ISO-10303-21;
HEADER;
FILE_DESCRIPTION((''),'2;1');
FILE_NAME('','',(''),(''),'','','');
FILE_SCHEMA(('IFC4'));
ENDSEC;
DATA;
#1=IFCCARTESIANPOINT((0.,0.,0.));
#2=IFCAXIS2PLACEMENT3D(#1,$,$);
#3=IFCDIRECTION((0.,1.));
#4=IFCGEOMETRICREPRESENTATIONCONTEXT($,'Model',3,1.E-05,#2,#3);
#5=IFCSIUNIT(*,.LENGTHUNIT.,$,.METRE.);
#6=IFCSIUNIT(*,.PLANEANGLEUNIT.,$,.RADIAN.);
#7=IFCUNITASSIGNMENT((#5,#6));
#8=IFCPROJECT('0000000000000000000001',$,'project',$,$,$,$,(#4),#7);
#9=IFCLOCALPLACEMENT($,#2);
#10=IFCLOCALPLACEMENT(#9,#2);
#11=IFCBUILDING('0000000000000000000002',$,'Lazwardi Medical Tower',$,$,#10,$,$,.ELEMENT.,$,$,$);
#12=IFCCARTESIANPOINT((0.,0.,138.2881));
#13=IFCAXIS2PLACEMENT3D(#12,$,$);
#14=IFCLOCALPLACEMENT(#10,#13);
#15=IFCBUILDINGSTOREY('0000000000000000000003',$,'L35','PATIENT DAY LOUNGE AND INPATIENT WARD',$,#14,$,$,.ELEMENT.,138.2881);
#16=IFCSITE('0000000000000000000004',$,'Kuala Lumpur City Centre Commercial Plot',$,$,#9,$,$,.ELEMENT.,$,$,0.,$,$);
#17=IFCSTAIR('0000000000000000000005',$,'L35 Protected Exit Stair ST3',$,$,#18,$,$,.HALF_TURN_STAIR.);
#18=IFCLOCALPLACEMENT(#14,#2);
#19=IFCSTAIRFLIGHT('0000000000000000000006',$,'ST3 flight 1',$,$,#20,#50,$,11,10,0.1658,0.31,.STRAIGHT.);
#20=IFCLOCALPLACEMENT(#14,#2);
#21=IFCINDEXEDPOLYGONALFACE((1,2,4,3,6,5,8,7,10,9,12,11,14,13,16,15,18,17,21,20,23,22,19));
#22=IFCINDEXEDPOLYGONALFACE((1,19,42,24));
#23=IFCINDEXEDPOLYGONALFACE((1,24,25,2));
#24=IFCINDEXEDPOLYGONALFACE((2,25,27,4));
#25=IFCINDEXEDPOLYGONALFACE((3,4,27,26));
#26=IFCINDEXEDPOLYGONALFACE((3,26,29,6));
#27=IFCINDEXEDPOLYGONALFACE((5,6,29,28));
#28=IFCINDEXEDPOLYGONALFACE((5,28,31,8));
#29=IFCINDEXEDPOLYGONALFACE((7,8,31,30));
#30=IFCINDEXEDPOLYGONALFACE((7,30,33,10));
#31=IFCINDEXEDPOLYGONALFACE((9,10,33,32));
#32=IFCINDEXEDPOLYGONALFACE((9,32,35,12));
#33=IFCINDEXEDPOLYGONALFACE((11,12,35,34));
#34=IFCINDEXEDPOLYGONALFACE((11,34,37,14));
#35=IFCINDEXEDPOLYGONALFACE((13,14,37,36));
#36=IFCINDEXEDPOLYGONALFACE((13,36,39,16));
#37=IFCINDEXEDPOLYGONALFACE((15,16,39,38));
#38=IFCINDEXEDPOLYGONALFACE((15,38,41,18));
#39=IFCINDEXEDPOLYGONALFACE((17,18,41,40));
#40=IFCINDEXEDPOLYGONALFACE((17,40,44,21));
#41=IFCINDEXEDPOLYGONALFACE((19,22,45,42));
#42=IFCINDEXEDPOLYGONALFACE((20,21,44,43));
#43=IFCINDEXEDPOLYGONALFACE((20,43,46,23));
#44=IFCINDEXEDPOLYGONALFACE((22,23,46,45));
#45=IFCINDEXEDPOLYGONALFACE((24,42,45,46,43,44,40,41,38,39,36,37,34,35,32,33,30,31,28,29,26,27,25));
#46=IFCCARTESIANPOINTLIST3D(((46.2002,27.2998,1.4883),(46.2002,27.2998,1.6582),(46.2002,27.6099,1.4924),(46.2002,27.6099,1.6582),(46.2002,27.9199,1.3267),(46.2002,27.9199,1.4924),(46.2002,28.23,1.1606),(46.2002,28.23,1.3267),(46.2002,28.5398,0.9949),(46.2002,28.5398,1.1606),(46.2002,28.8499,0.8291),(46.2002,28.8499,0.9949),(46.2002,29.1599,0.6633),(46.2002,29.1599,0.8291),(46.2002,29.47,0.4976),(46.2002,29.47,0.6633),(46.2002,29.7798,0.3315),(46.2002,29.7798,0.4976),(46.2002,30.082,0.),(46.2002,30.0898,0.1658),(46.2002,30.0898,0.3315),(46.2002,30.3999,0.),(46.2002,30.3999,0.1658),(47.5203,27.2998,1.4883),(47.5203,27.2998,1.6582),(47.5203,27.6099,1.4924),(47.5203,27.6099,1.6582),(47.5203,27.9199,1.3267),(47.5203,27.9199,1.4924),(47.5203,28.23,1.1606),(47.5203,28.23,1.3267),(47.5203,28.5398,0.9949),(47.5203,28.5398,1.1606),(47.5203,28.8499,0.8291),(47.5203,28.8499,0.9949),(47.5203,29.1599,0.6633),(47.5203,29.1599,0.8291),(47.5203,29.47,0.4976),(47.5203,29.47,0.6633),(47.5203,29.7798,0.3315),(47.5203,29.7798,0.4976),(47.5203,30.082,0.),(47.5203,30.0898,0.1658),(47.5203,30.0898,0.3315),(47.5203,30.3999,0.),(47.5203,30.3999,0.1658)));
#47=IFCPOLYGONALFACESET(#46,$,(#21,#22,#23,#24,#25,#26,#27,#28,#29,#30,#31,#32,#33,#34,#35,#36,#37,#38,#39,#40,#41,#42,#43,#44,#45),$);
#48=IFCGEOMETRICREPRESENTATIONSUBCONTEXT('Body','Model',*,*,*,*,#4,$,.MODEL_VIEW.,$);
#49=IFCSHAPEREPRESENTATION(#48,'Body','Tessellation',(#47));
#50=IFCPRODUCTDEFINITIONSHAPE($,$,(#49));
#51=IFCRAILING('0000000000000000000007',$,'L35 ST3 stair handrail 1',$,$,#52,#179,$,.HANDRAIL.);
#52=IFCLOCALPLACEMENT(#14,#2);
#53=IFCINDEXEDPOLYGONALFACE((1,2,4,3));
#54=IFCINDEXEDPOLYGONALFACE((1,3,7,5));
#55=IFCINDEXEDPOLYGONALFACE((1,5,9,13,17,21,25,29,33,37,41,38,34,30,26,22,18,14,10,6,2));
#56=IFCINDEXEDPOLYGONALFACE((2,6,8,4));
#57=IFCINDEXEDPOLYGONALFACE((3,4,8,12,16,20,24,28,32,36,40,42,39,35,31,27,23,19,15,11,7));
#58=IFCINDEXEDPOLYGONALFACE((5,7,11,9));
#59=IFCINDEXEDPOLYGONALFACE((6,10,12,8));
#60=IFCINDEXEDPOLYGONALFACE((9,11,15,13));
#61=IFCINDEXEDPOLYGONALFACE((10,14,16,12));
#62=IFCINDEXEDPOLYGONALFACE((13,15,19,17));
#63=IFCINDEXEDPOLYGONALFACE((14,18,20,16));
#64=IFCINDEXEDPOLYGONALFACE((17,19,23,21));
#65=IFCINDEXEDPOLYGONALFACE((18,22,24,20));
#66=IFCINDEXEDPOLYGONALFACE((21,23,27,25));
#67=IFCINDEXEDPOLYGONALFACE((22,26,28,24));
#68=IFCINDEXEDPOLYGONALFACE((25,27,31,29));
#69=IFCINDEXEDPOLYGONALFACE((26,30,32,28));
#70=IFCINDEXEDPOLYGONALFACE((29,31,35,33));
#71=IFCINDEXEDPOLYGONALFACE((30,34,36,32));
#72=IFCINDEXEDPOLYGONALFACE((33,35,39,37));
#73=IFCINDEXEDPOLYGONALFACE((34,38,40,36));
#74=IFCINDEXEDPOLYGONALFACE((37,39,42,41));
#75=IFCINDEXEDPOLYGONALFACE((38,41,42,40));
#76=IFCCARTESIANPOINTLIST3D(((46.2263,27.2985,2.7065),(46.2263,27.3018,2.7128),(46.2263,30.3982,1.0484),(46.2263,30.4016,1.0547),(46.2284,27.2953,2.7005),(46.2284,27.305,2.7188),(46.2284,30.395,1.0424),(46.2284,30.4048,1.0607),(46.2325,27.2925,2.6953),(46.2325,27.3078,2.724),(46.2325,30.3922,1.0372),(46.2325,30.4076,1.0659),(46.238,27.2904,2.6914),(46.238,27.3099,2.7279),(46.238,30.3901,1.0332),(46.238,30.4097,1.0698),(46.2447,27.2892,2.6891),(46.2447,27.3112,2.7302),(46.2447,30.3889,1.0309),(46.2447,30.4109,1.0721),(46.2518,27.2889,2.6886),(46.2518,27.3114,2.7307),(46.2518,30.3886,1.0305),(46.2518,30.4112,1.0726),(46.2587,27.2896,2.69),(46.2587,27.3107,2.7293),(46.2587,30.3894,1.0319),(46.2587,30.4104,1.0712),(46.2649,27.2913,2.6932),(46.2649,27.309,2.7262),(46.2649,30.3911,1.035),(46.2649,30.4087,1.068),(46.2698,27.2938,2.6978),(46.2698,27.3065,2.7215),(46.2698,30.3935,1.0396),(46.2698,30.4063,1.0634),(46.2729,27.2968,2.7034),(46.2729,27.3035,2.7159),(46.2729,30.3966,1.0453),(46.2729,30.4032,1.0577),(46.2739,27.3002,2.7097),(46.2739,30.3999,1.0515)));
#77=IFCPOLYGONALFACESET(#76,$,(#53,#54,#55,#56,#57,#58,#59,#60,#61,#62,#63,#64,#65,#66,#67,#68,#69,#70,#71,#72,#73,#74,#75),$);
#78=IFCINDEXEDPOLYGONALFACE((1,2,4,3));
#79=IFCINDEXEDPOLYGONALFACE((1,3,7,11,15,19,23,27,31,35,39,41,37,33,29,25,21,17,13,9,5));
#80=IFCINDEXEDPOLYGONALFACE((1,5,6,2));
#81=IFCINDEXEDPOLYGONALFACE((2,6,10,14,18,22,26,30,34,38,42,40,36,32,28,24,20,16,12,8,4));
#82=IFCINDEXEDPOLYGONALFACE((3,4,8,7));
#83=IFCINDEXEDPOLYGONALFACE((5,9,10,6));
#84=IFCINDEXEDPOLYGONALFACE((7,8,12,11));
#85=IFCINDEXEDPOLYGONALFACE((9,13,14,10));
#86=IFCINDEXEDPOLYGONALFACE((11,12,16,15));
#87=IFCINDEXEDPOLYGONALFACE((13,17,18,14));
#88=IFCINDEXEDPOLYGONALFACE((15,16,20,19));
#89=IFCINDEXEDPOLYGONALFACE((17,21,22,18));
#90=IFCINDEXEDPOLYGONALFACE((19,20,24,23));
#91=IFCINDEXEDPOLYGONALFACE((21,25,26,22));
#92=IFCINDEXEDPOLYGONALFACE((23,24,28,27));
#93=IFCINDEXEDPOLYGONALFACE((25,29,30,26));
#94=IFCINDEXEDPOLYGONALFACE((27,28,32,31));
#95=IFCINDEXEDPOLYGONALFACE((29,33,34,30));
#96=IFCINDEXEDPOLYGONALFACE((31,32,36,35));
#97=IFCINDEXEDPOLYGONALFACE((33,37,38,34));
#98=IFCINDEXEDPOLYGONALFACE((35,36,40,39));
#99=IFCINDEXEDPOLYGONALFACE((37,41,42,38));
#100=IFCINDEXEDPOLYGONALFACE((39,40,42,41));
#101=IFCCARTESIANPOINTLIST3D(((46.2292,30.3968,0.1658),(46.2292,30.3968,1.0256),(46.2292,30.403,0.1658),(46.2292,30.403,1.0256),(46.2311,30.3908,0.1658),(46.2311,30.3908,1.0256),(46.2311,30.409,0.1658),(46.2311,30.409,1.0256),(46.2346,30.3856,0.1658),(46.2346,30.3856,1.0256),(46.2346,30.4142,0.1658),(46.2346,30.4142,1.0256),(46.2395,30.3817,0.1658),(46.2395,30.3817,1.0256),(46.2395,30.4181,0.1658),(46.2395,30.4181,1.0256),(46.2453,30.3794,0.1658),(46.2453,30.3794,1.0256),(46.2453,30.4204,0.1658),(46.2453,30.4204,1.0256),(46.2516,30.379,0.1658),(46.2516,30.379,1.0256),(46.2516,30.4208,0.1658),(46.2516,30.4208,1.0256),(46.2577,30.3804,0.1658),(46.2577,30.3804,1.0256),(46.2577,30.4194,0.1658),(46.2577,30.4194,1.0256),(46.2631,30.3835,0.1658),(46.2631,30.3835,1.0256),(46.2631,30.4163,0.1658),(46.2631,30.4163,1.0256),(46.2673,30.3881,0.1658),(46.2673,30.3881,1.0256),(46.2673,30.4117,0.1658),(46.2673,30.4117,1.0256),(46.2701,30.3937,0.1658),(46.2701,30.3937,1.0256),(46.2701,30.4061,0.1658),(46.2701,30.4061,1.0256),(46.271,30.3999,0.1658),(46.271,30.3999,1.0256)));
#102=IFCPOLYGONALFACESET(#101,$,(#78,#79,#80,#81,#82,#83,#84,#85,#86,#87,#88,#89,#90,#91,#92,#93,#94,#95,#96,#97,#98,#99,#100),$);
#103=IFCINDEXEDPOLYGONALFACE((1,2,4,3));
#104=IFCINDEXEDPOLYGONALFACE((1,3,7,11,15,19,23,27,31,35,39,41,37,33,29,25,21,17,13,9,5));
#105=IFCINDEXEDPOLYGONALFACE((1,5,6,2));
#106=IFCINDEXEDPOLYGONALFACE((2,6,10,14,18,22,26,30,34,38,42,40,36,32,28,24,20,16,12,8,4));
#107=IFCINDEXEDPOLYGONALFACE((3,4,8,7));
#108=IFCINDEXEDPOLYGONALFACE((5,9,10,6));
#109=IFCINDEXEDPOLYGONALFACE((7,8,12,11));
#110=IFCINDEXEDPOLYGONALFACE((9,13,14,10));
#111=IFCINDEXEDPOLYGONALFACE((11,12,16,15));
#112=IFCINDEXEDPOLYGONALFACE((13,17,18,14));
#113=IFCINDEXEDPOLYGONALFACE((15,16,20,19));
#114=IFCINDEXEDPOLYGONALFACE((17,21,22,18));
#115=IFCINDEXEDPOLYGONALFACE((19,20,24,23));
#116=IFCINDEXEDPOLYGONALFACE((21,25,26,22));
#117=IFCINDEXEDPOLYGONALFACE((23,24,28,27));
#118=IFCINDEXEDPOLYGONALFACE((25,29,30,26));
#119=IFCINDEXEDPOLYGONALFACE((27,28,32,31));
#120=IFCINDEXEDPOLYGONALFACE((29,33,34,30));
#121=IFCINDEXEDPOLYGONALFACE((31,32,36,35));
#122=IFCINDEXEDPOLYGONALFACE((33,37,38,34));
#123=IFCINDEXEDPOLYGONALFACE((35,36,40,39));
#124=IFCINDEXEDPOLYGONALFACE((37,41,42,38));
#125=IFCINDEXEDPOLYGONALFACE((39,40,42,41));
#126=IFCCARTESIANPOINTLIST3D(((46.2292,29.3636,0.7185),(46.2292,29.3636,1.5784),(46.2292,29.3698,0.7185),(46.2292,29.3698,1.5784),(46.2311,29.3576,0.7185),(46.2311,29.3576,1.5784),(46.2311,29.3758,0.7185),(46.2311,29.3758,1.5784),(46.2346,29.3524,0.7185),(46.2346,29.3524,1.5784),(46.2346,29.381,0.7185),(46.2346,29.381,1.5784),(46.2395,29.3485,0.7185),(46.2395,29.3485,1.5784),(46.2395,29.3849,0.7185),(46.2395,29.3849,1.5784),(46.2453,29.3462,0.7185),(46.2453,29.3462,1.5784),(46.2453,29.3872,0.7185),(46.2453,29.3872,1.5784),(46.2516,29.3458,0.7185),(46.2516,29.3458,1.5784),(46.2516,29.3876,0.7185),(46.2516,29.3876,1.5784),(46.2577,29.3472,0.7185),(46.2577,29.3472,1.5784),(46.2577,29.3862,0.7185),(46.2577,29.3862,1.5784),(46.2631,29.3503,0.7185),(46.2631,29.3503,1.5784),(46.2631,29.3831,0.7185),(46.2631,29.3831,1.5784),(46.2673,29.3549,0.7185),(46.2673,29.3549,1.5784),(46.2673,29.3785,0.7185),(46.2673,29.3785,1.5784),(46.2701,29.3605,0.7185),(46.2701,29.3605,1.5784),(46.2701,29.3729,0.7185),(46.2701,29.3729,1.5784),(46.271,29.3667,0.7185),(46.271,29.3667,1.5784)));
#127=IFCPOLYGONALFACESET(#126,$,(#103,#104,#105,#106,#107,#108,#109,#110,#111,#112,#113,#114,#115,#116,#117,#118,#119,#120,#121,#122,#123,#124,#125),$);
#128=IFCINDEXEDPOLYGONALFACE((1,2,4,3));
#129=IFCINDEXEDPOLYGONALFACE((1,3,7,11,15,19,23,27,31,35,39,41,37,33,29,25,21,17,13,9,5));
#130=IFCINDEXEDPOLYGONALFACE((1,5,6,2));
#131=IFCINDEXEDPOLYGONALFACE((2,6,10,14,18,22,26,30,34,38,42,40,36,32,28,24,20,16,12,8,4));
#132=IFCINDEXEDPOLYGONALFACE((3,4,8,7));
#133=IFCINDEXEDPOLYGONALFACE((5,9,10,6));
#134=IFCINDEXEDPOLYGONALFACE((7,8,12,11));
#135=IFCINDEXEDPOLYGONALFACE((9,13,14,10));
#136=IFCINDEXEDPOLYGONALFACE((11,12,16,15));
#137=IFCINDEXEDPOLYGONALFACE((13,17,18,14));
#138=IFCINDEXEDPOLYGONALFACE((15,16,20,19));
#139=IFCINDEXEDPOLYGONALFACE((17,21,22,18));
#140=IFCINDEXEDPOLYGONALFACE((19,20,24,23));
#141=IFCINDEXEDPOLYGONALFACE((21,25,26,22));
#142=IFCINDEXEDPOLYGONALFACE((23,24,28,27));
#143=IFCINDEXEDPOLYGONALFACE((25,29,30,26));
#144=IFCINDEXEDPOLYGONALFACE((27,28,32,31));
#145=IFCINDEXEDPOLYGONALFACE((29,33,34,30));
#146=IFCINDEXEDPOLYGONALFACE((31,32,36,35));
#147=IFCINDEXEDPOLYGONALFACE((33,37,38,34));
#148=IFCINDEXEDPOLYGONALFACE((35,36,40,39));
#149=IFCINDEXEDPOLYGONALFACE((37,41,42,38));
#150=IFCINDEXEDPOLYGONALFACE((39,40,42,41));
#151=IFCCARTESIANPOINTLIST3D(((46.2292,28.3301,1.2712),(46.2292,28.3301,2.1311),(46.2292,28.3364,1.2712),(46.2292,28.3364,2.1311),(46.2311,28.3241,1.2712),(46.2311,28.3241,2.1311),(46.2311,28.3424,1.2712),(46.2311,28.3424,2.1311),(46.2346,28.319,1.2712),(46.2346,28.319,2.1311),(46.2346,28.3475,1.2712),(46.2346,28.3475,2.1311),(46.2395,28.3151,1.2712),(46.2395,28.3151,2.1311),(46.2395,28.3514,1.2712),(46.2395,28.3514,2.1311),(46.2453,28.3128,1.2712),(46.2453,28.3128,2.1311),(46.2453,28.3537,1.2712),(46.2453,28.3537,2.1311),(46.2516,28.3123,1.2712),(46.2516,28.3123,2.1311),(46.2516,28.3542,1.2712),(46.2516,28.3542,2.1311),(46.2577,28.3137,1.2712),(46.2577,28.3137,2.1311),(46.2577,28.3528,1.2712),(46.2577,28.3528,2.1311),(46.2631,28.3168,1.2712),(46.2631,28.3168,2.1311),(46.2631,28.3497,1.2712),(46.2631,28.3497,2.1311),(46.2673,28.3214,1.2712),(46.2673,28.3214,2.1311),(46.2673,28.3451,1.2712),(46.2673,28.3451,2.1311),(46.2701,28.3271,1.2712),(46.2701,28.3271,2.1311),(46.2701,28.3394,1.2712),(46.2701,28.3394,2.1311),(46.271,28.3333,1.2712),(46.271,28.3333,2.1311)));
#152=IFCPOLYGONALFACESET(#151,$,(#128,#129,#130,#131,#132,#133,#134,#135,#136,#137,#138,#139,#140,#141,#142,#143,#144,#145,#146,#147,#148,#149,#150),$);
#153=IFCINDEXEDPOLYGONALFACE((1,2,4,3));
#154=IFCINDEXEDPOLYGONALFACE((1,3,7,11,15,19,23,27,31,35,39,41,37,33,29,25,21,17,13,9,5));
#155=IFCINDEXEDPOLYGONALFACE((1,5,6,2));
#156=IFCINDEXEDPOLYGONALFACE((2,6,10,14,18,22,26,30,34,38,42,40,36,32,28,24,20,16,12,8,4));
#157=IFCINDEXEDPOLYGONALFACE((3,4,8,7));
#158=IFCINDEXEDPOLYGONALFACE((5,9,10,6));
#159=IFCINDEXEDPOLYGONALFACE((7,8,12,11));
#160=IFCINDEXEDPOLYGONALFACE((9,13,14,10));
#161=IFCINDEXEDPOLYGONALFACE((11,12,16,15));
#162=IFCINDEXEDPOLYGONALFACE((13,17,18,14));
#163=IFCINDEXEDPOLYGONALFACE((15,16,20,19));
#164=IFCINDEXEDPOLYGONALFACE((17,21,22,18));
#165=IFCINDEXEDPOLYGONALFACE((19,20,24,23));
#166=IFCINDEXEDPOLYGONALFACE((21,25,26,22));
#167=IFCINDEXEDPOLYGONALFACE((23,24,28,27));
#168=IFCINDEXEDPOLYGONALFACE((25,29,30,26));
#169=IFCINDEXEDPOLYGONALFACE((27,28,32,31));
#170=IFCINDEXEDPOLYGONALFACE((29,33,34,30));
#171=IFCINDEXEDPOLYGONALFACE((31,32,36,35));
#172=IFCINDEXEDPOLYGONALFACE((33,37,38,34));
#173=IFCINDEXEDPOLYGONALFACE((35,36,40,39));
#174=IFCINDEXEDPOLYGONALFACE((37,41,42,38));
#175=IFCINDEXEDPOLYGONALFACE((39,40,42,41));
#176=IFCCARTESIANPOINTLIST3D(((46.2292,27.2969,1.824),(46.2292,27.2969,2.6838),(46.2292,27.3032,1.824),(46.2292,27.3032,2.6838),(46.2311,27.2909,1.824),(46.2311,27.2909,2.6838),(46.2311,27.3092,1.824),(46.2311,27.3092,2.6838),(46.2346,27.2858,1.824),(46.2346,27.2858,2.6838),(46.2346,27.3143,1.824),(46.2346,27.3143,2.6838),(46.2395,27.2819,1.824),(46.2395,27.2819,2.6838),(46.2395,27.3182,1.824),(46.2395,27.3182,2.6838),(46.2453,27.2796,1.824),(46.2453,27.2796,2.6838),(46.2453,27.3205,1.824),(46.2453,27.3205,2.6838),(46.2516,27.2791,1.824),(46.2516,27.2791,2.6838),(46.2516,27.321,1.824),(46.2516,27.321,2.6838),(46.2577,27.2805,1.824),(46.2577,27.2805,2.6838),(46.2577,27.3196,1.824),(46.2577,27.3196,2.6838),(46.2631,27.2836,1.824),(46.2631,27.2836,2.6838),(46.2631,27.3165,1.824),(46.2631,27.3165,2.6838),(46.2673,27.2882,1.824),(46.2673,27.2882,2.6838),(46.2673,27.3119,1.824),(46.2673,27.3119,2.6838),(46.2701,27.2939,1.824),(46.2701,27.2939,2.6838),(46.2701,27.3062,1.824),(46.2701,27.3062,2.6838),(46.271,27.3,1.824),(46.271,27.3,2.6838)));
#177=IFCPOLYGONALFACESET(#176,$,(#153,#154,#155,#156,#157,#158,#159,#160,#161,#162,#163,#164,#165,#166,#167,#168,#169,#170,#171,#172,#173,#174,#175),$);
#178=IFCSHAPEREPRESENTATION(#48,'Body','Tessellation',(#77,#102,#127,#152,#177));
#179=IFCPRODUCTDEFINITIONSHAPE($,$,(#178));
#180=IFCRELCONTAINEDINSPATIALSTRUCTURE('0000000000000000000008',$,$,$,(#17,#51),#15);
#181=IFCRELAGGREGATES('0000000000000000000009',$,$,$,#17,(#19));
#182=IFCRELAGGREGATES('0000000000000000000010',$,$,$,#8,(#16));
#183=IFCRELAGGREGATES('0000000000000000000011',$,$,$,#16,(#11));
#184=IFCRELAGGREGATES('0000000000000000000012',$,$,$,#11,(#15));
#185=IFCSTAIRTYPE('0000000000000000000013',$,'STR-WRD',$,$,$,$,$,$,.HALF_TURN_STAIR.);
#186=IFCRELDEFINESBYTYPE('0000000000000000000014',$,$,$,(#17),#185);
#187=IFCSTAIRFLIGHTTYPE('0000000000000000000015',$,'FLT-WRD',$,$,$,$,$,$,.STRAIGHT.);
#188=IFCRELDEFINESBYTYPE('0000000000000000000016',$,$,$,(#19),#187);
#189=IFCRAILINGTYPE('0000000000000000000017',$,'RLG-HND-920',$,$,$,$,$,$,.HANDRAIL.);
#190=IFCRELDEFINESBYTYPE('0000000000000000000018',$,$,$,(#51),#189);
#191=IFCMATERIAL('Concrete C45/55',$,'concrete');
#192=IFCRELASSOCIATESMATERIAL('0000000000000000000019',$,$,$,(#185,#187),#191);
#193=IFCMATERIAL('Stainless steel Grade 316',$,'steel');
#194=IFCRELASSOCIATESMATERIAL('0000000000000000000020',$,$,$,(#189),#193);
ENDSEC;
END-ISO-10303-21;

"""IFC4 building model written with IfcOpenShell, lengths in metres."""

from ifc_helpers import new_model, si_unit, direction, frame, origin, origin_2d, place, context, subcontext, project, spatial, polyline, circle, outline, extrude, material, type_object, element, aggregate, save


model = new_model("IFC4")

# Units and contexts
model_context = context("Model", 3, precision=1e-05, world=origin(), true_north=direction((0.0, 1.0)))
body_context = subcontext(model_context, "Body", "Model", "MODEL_VIEW")
ifc_project = project(units=[si_unit("LENGTHUNIT", "METRE"), si_unit("PLANEANGLEUNIT", "RADIAN")], contexts=[model_context])

# Site, building, storey
site_placement = place(None, origin())
site = spatial("IfcSite", under=ifc_project, at=site_placement, Name="Kuala Lumpur City Centre Commercial Plot", CompositionType="ELEMENT", RefElevation=0.0)
building_placement = place(site_placement, origin())
building = spatial("IfcBuilding", under=site, at=building_placement, Name="Lazwardi Medical Tower", CompositionType="ELEMENT")
storey_placement = place(building_placement, frame((0.0, 0.0, 138.2881)))
storey = spatial("IfcBuildingStorey", under=building, at=storey_placement, Name="L35", Description="PATIENT DAY LOUNGE AND INPATIENT WARD", CompositionType="ELEMENT", Elevation=138.2881)

# Stair, stair flight
ifc_material_1 = material(Name="Concrete C45/55", Category="concrete")
stair_type = type_object("IfcStairType", Name="STR-WRD", PredefinedType="HALF_TURN_STAIR", material=ifc_material_1)
stair_placement = place(storey_placement, origin())
stair = element("IfcStair", 1, at=stair_placement, inside=storey, type_object=stair_type, Name="L35 Protected Exit Stair ST3", PredefinedType="HALF_TURN_STAIR")
stair_flight_type = type_object("IfcStairFlightType", Name="FLT-WRD", PredefinedType="STRAIGHT", material=ifc_material_1)
stair_flight_placement = place(storey_placement, frame((46.8601, 30.3999, 0.0), z_axis=(0.0, 0.0, 1.0), x_axis=(0.0, -1.0, 0.0)))
stair_flight = element("IfcStairFlight", 2, at=stair_flight_placement, type_object=stair_flight_type, Name="ST3 flight 1", NumberOfRisers=11, NumberOfTreads=10, PredefinedType="STRAIGHT", RiserHeight=0.1658, TreadLength=0.31, context=body_context, shape_type="SweptSolid", body=[
    extrude(outline(polyline([(0.0, 0.0), (0.0, 0.1658), (0.3101, 0.1658), (0.3101, 0.3315), (0.6201, 0.3315), (0.6201, 0.4976), (0.9299, 0.4976), (0.9299, 0.6633), (1.24, 0.6633), (1.24, 0.8291), (1.55, 0.8291), (1.55, 0.9949), (1.8601, 0.9949), (1.8601, 1.1606), (2.1699, 1.1606), (2.1699, 1.3267), (2.48, 1.3267), (2.48, 1.4924), (2.79, 1.4924), (2.79, 1.6582), (3.1001, 1.6582), (3.1001, 1.824), (3.1001, 1.4883), (0.3179, 0.0), (0.0, 0.0)])), frame((0.0, 0.6602, 0.0), z_axis=(0.0, -1.0, 0.0), x_axis=(1.0, 0.0, 0.0)), (0.0, 0.0, 1.0), 1.3201),
])
aggregate(stair, [stair_flight])

# Railing
ifc_material_2 = material(Name="Stainless steel Grade 316", Category="steel")
railing_type = type_object("IfcRailingType", Name="RLG-HND-920", PredefinedType="HANDRAIL", material=ifc_material_2)
railing_placement = place(storey_placement, frame((46.25, 30.3999, 0.1658)))
element("IfcRailing", 3, at=railing_placement, inside=storey, type_object=railing_type, Name="L35 ST3 stair handrail 1", PredefinedType="HANDRAIL", context=body_context, shape_type="SweptSolid", body=[
    extrude(circle(Radius=0.0239, at=origin_2d()), frame((0.0, 0.0, 0.8857), z_axis=(0.0, -0.881768, 0.471684), x_axis=(1.0, 0.0, 0.0)), (0.0, 0.0, 1.0), 3.5154),
    extrude(circle(Radius=0.021, at=origin_2d()), origin(), (0.0, 0.0, 1.0), 0.8599),
    extrude(circle(Radius=0.021, at=origin_2d()), frame((0.0, -1.0332, 0.5527)), (0.0, 0.0, 1.0), 0.8599),
    extrude(circle(Radius=0.021, at=origin_2d()), frame((0.0, -2.0667, 1.1055)), (0.0, 0.0, 1.0), 0.8599),
    extrude(circle(Radius=0.021, at=origin_2d()), frame((0.0, -3.0999, 1.6582)), (0.0, 0.0, 1.0), 0.8599),
])

save(model, "model.ifc")
